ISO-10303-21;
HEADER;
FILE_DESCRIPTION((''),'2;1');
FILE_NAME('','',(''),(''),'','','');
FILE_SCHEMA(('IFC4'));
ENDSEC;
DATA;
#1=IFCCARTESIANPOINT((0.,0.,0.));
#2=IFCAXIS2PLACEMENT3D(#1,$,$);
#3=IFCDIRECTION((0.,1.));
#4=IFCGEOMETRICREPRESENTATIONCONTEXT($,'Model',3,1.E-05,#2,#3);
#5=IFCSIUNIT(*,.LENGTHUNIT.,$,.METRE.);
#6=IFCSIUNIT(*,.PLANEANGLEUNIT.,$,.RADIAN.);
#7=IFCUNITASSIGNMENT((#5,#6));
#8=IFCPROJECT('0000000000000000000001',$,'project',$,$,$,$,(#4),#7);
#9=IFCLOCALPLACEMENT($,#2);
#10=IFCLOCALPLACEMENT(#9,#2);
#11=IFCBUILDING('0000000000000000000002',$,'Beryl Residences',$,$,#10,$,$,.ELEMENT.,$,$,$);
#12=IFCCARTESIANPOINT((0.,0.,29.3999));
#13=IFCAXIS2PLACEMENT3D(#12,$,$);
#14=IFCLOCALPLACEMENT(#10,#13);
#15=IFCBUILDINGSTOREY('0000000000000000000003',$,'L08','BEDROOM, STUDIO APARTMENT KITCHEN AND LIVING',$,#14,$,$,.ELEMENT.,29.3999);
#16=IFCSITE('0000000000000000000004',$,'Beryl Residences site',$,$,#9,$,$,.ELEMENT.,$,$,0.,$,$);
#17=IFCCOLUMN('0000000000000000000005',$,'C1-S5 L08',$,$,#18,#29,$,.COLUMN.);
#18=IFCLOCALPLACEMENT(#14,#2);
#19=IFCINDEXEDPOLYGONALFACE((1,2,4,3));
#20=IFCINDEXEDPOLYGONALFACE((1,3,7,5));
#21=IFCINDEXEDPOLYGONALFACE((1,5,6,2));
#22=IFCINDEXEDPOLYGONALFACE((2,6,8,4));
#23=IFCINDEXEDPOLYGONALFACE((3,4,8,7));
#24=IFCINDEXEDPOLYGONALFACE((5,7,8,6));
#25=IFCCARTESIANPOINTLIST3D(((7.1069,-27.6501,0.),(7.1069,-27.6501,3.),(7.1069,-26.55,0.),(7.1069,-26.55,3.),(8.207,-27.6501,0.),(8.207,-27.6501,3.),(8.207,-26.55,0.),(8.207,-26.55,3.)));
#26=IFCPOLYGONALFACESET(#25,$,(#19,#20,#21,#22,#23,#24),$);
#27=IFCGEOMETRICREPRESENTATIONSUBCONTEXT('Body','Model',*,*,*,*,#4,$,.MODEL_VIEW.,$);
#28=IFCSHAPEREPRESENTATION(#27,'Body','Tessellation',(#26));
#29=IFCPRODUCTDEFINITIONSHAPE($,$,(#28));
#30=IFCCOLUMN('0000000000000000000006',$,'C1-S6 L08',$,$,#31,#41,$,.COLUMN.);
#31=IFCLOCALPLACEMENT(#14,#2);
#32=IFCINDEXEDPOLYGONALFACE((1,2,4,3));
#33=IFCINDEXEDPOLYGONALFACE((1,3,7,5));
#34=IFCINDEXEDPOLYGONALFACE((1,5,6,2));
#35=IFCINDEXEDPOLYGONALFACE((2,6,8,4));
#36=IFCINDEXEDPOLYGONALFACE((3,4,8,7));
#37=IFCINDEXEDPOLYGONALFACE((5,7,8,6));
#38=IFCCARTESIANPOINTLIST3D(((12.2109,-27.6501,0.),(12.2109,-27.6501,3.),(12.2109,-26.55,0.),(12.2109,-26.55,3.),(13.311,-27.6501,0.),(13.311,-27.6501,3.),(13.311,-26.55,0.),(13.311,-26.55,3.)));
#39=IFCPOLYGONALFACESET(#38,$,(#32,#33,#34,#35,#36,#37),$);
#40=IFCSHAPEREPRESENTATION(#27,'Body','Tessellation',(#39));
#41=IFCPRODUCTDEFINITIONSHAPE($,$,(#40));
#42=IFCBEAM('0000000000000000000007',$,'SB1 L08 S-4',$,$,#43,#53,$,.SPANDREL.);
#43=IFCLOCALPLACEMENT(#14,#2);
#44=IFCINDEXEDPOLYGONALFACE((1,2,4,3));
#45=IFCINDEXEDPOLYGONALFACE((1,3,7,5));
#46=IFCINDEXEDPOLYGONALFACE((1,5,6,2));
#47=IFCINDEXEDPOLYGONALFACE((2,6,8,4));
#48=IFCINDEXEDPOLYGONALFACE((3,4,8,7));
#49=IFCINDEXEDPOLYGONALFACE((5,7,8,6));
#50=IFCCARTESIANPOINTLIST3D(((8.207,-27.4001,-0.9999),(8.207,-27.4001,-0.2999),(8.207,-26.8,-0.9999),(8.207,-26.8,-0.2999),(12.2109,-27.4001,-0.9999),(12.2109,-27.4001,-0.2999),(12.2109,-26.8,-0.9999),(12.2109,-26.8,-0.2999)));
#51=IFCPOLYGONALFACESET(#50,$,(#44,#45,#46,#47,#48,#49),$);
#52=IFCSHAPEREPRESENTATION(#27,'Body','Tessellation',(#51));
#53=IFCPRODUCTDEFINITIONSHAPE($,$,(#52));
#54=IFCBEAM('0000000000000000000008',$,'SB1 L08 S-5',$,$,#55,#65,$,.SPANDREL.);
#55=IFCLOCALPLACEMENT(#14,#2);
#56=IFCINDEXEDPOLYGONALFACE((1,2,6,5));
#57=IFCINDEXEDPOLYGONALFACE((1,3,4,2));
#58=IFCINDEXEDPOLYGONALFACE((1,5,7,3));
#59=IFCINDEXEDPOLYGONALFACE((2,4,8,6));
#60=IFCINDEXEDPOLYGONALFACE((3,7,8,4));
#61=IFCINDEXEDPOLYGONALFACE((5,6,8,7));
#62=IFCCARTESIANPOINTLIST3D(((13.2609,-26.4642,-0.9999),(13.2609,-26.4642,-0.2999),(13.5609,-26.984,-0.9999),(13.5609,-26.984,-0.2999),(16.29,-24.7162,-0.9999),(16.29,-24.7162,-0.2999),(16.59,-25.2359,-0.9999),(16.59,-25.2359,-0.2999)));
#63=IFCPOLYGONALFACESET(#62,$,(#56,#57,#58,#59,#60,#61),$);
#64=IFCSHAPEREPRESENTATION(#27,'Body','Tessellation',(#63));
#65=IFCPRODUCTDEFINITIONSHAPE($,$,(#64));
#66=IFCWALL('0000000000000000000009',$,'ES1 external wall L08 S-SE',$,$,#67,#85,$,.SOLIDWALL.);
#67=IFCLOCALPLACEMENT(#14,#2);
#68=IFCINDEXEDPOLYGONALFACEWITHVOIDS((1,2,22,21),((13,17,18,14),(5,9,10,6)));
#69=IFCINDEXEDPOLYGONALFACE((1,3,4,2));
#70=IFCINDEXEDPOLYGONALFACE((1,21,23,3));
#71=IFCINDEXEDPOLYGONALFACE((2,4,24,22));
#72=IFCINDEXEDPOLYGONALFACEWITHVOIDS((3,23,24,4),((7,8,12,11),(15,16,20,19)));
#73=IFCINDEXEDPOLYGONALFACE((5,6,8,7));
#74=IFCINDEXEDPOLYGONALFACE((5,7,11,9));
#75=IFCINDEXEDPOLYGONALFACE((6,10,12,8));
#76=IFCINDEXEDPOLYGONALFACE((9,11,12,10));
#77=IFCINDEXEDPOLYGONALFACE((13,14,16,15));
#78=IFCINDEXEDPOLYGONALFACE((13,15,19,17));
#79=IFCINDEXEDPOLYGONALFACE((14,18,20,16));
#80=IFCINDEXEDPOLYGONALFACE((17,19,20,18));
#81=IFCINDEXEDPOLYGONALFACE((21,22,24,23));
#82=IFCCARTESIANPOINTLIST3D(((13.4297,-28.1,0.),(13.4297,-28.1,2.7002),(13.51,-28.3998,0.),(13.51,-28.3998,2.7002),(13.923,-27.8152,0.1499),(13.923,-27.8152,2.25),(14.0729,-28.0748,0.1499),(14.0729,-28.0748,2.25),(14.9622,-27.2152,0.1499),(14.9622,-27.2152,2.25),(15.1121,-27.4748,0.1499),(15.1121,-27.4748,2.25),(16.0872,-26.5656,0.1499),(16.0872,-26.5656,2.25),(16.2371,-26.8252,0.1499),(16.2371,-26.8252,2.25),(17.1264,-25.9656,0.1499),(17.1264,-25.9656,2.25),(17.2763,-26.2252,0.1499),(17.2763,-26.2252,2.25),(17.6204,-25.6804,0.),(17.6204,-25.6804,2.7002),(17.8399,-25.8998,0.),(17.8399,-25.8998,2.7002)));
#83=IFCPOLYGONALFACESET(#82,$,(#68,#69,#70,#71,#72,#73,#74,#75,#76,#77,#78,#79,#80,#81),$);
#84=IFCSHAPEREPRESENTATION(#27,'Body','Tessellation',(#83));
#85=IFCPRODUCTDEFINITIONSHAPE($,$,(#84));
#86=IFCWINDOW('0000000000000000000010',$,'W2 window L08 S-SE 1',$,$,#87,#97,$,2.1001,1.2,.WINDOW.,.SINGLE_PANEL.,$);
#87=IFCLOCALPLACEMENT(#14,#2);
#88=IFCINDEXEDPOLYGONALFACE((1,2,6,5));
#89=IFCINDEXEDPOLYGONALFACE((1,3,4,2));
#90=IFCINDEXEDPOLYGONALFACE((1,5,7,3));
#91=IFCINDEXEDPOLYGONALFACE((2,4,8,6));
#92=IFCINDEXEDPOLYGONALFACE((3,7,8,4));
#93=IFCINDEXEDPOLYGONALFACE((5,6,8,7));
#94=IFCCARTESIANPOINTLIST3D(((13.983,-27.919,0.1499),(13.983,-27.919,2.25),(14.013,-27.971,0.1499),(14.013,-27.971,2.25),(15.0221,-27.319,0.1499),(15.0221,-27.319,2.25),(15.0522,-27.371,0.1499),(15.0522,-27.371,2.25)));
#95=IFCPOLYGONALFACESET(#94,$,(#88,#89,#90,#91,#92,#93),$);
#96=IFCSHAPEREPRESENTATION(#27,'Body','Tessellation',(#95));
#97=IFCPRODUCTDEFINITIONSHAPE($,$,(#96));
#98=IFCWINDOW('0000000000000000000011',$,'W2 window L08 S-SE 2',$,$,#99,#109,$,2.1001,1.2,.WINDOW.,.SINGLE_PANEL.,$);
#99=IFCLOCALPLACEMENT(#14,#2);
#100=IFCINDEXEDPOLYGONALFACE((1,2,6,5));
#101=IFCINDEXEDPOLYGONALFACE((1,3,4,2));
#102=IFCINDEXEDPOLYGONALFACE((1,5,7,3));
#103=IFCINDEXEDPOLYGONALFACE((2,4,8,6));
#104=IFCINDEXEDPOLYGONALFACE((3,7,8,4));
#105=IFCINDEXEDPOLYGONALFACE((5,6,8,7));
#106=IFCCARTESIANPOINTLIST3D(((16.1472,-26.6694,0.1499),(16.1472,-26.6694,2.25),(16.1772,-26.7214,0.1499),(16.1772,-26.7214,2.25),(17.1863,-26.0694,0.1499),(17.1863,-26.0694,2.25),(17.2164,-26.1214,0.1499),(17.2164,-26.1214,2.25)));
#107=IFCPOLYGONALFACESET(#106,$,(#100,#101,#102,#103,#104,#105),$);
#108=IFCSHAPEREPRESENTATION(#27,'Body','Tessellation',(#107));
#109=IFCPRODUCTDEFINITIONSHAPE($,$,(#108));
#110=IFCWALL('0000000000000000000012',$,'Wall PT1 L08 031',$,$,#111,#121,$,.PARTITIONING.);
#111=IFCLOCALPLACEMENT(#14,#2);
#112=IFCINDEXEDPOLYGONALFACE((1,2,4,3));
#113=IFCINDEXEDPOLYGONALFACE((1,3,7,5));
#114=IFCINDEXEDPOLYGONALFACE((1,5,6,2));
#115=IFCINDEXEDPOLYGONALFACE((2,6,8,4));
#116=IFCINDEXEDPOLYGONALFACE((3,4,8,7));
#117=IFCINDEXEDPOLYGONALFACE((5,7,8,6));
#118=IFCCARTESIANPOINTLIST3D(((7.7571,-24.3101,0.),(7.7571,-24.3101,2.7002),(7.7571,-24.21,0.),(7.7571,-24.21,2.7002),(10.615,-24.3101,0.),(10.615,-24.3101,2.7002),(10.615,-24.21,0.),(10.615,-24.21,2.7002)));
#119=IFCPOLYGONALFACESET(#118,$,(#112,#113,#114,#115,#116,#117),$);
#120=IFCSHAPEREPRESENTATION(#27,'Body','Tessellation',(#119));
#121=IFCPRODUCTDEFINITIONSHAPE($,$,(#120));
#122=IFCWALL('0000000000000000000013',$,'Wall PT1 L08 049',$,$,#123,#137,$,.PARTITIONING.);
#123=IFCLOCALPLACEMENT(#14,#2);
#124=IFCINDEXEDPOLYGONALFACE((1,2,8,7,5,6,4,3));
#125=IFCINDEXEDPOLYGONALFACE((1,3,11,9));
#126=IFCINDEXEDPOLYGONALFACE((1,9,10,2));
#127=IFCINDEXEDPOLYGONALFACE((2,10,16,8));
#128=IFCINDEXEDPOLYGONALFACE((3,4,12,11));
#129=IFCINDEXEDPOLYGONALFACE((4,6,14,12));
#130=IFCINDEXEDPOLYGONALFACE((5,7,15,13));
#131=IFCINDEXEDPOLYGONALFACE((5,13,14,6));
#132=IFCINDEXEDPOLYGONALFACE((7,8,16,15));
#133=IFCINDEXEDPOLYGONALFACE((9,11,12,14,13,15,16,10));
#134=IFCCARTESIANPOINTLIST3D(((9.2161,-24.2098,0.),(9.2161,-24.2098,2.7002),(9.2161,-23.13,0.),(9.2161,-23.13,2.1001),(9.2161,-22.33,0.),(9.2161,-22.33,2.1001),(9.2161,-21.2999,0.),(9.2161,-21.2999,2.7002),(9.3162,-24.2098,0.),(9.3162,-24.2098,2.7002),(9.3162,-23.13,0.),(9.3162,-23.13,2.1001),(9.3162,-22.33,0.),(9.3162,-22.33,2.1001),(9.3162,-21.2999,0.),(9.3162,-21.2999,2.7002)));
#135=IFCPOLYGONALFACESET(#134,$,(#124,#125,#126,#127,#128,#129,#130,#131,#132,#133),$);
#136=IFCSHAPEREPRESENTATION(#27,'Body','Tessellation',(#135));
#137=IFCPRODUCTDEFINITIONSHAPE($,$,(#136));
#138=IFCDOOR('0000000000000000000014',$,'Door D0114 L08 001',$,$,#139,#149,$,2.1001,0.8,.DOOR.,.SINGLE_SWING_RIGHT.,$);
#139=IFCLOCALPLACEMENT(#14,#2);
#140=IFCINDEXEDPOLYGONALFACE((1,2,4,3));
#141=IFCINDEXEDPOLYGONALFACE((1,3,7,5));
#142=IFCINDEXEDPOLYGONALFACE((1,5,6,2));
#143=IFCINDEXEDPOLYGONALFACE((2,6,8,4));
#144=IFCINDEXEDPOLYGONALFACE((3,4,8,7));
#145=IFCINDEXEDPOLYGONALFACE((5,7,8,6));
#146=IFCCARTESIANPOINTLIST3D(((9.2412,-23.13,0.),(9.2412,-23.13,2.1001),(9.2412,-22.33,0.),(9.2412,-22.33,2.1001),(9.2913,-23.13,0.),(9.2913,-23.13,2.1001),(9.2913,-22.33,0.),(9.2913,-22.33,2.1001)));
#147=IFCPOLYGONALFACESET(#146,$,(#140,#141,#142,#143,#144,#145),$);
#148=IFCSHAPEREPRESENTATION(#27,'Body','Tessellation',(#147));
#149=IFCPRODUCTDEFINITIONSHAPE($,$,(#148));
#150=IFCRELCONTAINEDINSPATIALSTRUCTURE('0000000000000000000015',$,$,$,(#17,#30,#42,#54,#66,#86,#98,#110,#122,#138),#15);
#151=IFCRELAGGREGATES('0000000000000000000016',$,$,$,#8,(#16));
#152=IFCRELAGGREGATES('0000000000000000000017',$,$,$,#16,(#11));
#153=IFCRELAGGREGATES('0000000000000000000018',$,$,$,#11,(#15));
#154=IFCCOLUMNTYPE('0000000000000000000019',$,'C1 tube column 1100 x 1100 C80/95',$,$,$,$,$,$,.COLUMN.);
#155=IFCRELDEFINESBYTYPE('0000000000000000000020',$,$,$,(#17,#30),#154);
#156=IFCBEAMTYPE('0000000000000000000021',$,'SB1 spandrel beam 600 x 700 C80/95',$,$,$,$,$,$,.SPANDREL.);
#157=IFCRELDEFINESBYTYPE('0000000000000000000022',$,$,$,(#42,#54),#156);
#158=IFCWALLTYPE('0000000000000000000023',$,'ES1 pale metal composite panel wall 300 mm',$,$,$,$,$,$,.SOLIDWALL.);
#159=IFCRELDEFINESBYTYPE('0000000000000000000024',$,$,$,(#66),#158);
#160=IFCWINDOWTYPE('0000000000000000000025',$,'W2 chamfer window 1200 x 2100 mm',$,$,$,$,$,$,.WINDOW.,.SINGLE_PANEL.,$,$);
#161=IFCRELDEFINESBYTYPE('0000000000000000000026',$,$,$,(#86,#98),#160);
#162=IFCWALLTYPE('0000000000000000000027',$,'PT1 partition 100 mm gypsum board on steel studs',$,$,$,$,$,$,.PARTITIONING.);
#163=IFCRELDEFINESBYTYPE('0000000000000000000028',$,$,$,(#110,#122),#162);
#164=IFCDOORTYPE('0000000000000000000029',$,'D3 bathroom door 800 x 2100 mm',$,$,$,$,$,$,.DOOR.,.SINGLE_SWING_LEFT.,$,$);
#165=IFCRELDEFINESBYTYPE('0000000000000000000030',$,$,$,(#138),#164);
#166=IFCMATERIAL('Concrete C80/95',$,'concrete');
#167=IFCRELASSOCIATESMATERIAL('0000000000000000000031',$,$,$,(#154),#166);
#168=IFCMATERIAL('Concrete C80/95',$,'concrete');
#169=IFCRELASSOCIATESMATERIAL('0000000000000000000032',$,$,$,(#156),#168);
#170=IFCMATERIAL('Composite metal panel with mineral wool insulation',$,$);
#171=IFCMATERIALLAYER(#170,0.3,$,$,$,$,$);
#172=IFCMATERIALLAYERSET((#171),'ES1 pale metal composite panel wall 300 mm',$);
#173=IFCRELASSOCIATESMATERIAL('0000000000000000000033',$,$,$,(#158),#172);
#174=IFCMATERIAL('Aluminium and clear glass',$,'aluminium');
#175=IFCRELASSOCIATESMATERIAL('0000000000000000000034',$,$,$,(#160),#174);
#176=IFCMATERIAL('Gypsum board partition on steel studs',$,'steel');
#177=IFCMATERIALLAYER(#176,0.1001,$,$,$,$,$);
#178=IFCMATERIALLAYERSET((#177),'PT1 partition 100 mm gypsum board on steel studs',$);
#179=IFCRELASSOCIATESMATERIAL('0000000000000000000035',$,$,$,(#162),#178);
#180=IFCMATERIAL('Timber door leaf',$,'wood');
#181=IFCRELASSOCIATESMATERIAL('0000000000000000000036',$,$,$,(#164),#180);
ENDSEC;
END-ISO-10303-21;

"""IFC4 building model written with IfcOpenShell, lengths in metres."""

from ifc_helpers import new_model, si_unit, direction, frame, frame_2d, origin, origin_2d, place, context, subcontext, project, spatial, polyline, rectangle, outline, extrude, material, layer, layer_set, material_profile, profile_set, type_object, element, fill, save


model = new_model("IFC4")

# Units and contexts
model_context = context("Model", 3, precision=1e-05, world=origin(), true_north=direction((0.0, 1.0)))
body_context = subcontext(model_context, "Body", "Model", "MODEL_VIEW")
ifc_project = project(units=[si_unit("LENGTHUNIT", "METRE"), si_unit("PLANEANGLEUNIT", "RADIAN")], contexts=[model_context])

# Site, building, storey
site_placement = place(None, origin())
site = spatial("IfcSite", under=ifc_project, at=site_placement, Name="Beryl Residences site", CompositionType="ELEMENT", RefElevation=0.0)
building_placement = place(site_placement, origin())
building = spatial("IfcBuilding", under=site, at=building_placement, Name="Beryl Residences", CompositionType="ELEMENT")
storey_placement = place(building_placement, frame((0.0, 0.0, 29.3999)))
storey = spatial("IfcBuildingStorey", under=building, at=storey_placement, Name="L08", Description="BEDROOM, STUDIO APARTMENT KITCHEN AND LIVING", CompositionType="ELEMENT", Elevation=29.3999)

# Columns
ifc_material_1 = material(Name="Concrete C80/95", Category="concrete")
ifc_material_profile_1 = material_profile(ifc_material_1, rectangle(XDim=1.1001, YDim=1.1001, at=origin_2d()))
ifc_profile_set_1 = profile_set([ifc_material_profile_1], Name="Concrete C80/95")
column_type = type_object("IfcColumnType", Name="C1 tube column 1100 x 1100 C80/95", PredefinedType="COLUMN", material=ifc_profile_set_1)
for number, where, z_axis, x_axis, name in (
    (1, (7.657, -27.1001, 0.0), (0.0, 0.0, 1.0), (1.0, 0.0, 0.0), "C1-S5 L08"),
    (2, (12.761, -27.1001, 0.0), (0.0, 0.0, 1.0), (1.0, 0.0, 0.0), "C1-S6 L08"),
):
    element("IfcColumn", number, at=place(storey_placement, frame(where, z_axis=z_axis, x_axis=x_axis)), inside=storey, type_object=column_type, Name=name, PredefinedType="COLUMN", context=body_context, shape_type="SweptSolid", body=[
        extrude(rectangle(XDim=1.1001, YDim=1.1001, at=origin_2d()), origin(), (0.0, 0.0, 1.0), 3.0),
    ])

# Beams
ifc_material_2 = material(Name="Concrete C80/95", Category="concrete")
ifc_material_profile_2 = material_profile(ifc_material_2, rectangle(XDim=0.6001, YDim=0.7, at=origin_2d()))
ifc_profile_set_2 = profile_set([ifc_material_profile_2], Name="Concrete C80/95")
beam_type = type_object("IfcBeamType", Name="SB1 spandrel beam 600 x 700 C80/95", PredefinedType="SPANDREL", material=ifc_profile_set_2)
beam_1_placement = place(storey_placement, frame((8.207, -27.1001, -0.6499), z_axis=(1.0, 0.0, 0.0), x_axis=(0.0, 1.0, 0.0)))
element("IfcBeam", 3, at=beam_1_placement, inside=storey, type_object=beam_type, Name="SB1 L08 S-4", PredefinedType="SPANDREL", context=body_context, shape_type="SweptSolid", body=[
    extrude(rectangle(XDim=0.6001, YDim=0.7, at=origin_2d()), origin(), (0.0, 0.0, 1.0), 4.0039),
])
beam_2_placement = place(storey_placement, frame((13.4109, -26.7241, -0.6499), z_axis=(0.866122, 0.499833, 0.0), x_axis=(-0.499833, 0.866122, 0.0)))
element("IfcBeam", 4, at=beam_2_placement, inside=storey, type_object=beam_type, Name="SB1 L08 S-5", PredefinedType="SPANDREL", context=body_context, shape_type="SweptSolid", body=[
    extrude(rectangle(XDim=0.6001, YDim=0.7, at=origin_2d()), origin(), (0.0, 0.0, 1.0), 3.4973),
])

# Wall, openings, windows
ifc_material_3 = material(Name="Composite metal panel with mineral wool insulation")
ifc_layer_1 = layer(ifc_material_3, 0.3)
ifc_layer_set_1 = layer_set([ifc_layer_1], Name="ES1 pale metal composite panel wall 300 mm")
wall_type_1 = type_object("IfcWallType", Name="ES1 pale metal composite panel wall 300 mm", PredefinedType="SOLIDWALL", material=ifc_layer_set_1)
wall_1_placement = place(storey_placement, frame((13.4351, -28.27, 0.0), z_axis=(0.0, 0.0, 1.0), x_axis=(0.866011, 0.500025, 0.0)))
wall_1 = element("IfcWall", 5, at=wall_1_placement, inside=storey, type_object=wall_type_1, Name="ES1 external wall L08 S-SE", PredefinedType="SOLIDWALL", context=body_context, shape_type="SweptSolid", body=[
    extrude(outline(polyline([(0.0, -0.1499), (4.9998, -0.1499), (4.9194, 0.1499), (0.0803, 0.1499), (0.0, -0.1499)])), origin(), (0.0, 0.0, 1.0), 2.7002),
])
opening_1_placement = place(wall_1_placement, frame((0.6499, 0.0, 0.1499)))
opening_1 = element("IfcOpeningElement", 6, at=opening_1_placement, cuts=wall_1, PredefinedType="OPENING", context=body_context, shape_type="SweptSolid", body=[
    extrude(rectangle(XDim=1.2, YDim=2.1001, at=frame_2d((0.6001, 1.05))), frame((0.0, 0.1599, 0.0), z_axis=(0.0, -1.0, 0.0), x_axis=(1.0, 0.0, 0.0)), (0.0, 0.0, 1.0), 0.3201),
])
opening_2_placement = place(wall_1_placement, frame((3.1489, 0.0, 0.1499)))
opening_2 = element("IfcOpeningElement", 7, at=opening_2_placement, cuts=wall_1, PredefinedType="OPENING", context=body_context, shape_type="SweptSolid", body=[
    extrude(rectangle(XDim=1.2, YDim=2.1001, at=frame_2d((0.6001, 1.05))), frame((0.0, 0.1599, 0.0), z_axis=(0.0, -1.0, 0.0), x_axis=(1.0, 0.0, 0.0)), (0.0, 0.0, 1.0), 0.3201),
])
ifc_material_4 = material(Name="Aluminium and clear glass", Category="aluminium")
window_type = type_object("IfcWindowType", Name="W2 chamfer window 1200 x 2100 mm", PartitioningType="SINGLE_PANEL", PredefinedType="WINDOW", material=ifc_material_4)
window_1_placement = place(opening_1_placement, origin())
window_1 = element("IfcWindow", 8, at=window_1_placement, inside=storey, type_object=window_type, Name="W2 window L08 S-SE 1", OverallHeight=2.1001, OverallWidth=1.2, PartitioningType="SINGLE_PANEL", PredefinedType="WINDOW", context=body_context, shape_type="SweptSolid", body=[
    extrude(rectangle(XDim=1.2, YDim=2.1001, at=frame_2d((0.6001, 1.05))), frame((0.0, 0.03, 0.0), z_axis=(0.0, -1.0, 0.0), x_axis=(1.0, 0.0, 0.0)), (0.0, 0.0, 1.0), 0.0601),
])
fill(opening_1, window_1)
window_2_placement = place(opening_2_placement, origin())
window_2 = element("IfcWindow", 9, at=window_2_placement, inside=storey, type_object=window_type, Name="W2 window L08 S-SE 2", OverallHeight=2.1001, OverallWidth=1.2, PartitioningType="SINGLE_PANEL", PredefinedType="WINDOW", context=body_context, shape_type="SweptSolid", body=[
    extrude(rectangle(XDim=1.2, YDim=2.1001, at=frame_2d((0.6001, 1.05))), frame((0.0, 0.03, 0.0), z_axis=(0.0, -1.0, 0.0), x_axis=(1.0, 0.0, 0.0)), (0.0, 0.0, 1.0), 0.0601),
])
fill(opening_2, window_2)

# Wall
ifc_material_5 = material(Name="Gypsum board partition on steel studs", Category="steel")
ifc_layer_2 = layer(ifc_material_5, 0.1001)
ifc_layer_set_2 = layer_set([ifc_layer_2], Name="PT1 partition 100 mm gypsum board on steel studs")
wall_type_2 = type_object("IfcWallType", Name="PT1 partition 100 mm gypsum board on steel studs", PredefinedType="PARTITIONING", material=ifc_layer_set_2)
wall_2_placement = place(storey_placement, frame((7.7571, -24.26, 0.0), z_axis=(0.0, 0.0, 1.0), x_axis=(1.0, 0.0, 0.0)))
element("IfcWall", 10, at=wall_2_placement, inside=storey, type_object=wall_type_2, Name="Wall PT1 L08 031", PredefinedType="PARTITIONING", context=body_context, shape_type="SweptSolid", body=[
    extrude(rectangle(XDim=2.8579, YDim=0.1001, at=frame_2d((1.429, 0.0))), origin(), (0.0, 0.0, 1.0), 2.7002),
])

# Wall, opening, door
wall_3_placement = place(storey_placement, frame((9.2661, -24.21, 0.0), z_axis=(0.0, 0.0, 1.0), x_axis=(0.0, 1.0, 0.0)))
wall_3 = element("IfcWall", 11, at=wall_3_placement, inside=storey, type_object=wall_type_2, Name="Wall PT1 L08 049", PredefinedType="PARTITIONING", context=body_context, shape_type="SweptSolid", body=[
    extrude(rectangle(XDim=2.9099, YDim=0.1001, at=frame_2d((1.4551, 0.0))), origin(), (0.0, 0.0, 1.0), 2.7002),
])
opening_3_placement = place(wall_3_placement, frame((1.0801, 0.0, 0.0)))
opening_3 = element("IfcOpeningElement", 12, at=opening_3_placement, cuts=wall_3, PredefinedType="OPENING", context=body_context, shape_type="SweptSolid", body=[
    extrude(rectangle(XDim=0.8, YDim=2.1001, at=frame_2d((0.3999, 1.05))), frame((0.0, 0.0601, 0.0), z_axis=(0.0, -1.0, 0.0), x_axis=(1.0, 0.0, 0.0)), (0.0, 0.0, 1.0), 0.1201),
])
ifc_material_6 = material(Name="Timber door leaf", Category="wood")
door_type_1 = type_object("IfcDoorType", Name="D3 bathroom door 800 x 2100 mm", OperationType="SINGLE_SWING_LEFT", PredefinedType="DOOR", material=ifc_material_6)
door_1_placement = place(opening_3_placement, origin())
door_1 = element("IfcDoor", 13, at=door_1_placement, inside=storey, type_object=door_type_1, Name="Door D0114 L08 001", OperationType="SINGLE_SWING_RIGHT", OverallHeight=2.1001, OverallWidth=0.8, PredefinedType="DOOR", context=body_context, shape_type="SweptSolid", body=[
    extrude(rectangle(XDim=0.8, YDim=2.1001, at=frame_2d((0.3999, 1.05))), frame((0.0, 0.0249, 0.0), z_axis=(0.0, -1.0, 0.0), x_axis=(1.0, 0.0, 0.0)), (0.0, 0.0, 1.0), 0.05),
])
fill(opening_3, door_1)

save(model, "model.ifc")
